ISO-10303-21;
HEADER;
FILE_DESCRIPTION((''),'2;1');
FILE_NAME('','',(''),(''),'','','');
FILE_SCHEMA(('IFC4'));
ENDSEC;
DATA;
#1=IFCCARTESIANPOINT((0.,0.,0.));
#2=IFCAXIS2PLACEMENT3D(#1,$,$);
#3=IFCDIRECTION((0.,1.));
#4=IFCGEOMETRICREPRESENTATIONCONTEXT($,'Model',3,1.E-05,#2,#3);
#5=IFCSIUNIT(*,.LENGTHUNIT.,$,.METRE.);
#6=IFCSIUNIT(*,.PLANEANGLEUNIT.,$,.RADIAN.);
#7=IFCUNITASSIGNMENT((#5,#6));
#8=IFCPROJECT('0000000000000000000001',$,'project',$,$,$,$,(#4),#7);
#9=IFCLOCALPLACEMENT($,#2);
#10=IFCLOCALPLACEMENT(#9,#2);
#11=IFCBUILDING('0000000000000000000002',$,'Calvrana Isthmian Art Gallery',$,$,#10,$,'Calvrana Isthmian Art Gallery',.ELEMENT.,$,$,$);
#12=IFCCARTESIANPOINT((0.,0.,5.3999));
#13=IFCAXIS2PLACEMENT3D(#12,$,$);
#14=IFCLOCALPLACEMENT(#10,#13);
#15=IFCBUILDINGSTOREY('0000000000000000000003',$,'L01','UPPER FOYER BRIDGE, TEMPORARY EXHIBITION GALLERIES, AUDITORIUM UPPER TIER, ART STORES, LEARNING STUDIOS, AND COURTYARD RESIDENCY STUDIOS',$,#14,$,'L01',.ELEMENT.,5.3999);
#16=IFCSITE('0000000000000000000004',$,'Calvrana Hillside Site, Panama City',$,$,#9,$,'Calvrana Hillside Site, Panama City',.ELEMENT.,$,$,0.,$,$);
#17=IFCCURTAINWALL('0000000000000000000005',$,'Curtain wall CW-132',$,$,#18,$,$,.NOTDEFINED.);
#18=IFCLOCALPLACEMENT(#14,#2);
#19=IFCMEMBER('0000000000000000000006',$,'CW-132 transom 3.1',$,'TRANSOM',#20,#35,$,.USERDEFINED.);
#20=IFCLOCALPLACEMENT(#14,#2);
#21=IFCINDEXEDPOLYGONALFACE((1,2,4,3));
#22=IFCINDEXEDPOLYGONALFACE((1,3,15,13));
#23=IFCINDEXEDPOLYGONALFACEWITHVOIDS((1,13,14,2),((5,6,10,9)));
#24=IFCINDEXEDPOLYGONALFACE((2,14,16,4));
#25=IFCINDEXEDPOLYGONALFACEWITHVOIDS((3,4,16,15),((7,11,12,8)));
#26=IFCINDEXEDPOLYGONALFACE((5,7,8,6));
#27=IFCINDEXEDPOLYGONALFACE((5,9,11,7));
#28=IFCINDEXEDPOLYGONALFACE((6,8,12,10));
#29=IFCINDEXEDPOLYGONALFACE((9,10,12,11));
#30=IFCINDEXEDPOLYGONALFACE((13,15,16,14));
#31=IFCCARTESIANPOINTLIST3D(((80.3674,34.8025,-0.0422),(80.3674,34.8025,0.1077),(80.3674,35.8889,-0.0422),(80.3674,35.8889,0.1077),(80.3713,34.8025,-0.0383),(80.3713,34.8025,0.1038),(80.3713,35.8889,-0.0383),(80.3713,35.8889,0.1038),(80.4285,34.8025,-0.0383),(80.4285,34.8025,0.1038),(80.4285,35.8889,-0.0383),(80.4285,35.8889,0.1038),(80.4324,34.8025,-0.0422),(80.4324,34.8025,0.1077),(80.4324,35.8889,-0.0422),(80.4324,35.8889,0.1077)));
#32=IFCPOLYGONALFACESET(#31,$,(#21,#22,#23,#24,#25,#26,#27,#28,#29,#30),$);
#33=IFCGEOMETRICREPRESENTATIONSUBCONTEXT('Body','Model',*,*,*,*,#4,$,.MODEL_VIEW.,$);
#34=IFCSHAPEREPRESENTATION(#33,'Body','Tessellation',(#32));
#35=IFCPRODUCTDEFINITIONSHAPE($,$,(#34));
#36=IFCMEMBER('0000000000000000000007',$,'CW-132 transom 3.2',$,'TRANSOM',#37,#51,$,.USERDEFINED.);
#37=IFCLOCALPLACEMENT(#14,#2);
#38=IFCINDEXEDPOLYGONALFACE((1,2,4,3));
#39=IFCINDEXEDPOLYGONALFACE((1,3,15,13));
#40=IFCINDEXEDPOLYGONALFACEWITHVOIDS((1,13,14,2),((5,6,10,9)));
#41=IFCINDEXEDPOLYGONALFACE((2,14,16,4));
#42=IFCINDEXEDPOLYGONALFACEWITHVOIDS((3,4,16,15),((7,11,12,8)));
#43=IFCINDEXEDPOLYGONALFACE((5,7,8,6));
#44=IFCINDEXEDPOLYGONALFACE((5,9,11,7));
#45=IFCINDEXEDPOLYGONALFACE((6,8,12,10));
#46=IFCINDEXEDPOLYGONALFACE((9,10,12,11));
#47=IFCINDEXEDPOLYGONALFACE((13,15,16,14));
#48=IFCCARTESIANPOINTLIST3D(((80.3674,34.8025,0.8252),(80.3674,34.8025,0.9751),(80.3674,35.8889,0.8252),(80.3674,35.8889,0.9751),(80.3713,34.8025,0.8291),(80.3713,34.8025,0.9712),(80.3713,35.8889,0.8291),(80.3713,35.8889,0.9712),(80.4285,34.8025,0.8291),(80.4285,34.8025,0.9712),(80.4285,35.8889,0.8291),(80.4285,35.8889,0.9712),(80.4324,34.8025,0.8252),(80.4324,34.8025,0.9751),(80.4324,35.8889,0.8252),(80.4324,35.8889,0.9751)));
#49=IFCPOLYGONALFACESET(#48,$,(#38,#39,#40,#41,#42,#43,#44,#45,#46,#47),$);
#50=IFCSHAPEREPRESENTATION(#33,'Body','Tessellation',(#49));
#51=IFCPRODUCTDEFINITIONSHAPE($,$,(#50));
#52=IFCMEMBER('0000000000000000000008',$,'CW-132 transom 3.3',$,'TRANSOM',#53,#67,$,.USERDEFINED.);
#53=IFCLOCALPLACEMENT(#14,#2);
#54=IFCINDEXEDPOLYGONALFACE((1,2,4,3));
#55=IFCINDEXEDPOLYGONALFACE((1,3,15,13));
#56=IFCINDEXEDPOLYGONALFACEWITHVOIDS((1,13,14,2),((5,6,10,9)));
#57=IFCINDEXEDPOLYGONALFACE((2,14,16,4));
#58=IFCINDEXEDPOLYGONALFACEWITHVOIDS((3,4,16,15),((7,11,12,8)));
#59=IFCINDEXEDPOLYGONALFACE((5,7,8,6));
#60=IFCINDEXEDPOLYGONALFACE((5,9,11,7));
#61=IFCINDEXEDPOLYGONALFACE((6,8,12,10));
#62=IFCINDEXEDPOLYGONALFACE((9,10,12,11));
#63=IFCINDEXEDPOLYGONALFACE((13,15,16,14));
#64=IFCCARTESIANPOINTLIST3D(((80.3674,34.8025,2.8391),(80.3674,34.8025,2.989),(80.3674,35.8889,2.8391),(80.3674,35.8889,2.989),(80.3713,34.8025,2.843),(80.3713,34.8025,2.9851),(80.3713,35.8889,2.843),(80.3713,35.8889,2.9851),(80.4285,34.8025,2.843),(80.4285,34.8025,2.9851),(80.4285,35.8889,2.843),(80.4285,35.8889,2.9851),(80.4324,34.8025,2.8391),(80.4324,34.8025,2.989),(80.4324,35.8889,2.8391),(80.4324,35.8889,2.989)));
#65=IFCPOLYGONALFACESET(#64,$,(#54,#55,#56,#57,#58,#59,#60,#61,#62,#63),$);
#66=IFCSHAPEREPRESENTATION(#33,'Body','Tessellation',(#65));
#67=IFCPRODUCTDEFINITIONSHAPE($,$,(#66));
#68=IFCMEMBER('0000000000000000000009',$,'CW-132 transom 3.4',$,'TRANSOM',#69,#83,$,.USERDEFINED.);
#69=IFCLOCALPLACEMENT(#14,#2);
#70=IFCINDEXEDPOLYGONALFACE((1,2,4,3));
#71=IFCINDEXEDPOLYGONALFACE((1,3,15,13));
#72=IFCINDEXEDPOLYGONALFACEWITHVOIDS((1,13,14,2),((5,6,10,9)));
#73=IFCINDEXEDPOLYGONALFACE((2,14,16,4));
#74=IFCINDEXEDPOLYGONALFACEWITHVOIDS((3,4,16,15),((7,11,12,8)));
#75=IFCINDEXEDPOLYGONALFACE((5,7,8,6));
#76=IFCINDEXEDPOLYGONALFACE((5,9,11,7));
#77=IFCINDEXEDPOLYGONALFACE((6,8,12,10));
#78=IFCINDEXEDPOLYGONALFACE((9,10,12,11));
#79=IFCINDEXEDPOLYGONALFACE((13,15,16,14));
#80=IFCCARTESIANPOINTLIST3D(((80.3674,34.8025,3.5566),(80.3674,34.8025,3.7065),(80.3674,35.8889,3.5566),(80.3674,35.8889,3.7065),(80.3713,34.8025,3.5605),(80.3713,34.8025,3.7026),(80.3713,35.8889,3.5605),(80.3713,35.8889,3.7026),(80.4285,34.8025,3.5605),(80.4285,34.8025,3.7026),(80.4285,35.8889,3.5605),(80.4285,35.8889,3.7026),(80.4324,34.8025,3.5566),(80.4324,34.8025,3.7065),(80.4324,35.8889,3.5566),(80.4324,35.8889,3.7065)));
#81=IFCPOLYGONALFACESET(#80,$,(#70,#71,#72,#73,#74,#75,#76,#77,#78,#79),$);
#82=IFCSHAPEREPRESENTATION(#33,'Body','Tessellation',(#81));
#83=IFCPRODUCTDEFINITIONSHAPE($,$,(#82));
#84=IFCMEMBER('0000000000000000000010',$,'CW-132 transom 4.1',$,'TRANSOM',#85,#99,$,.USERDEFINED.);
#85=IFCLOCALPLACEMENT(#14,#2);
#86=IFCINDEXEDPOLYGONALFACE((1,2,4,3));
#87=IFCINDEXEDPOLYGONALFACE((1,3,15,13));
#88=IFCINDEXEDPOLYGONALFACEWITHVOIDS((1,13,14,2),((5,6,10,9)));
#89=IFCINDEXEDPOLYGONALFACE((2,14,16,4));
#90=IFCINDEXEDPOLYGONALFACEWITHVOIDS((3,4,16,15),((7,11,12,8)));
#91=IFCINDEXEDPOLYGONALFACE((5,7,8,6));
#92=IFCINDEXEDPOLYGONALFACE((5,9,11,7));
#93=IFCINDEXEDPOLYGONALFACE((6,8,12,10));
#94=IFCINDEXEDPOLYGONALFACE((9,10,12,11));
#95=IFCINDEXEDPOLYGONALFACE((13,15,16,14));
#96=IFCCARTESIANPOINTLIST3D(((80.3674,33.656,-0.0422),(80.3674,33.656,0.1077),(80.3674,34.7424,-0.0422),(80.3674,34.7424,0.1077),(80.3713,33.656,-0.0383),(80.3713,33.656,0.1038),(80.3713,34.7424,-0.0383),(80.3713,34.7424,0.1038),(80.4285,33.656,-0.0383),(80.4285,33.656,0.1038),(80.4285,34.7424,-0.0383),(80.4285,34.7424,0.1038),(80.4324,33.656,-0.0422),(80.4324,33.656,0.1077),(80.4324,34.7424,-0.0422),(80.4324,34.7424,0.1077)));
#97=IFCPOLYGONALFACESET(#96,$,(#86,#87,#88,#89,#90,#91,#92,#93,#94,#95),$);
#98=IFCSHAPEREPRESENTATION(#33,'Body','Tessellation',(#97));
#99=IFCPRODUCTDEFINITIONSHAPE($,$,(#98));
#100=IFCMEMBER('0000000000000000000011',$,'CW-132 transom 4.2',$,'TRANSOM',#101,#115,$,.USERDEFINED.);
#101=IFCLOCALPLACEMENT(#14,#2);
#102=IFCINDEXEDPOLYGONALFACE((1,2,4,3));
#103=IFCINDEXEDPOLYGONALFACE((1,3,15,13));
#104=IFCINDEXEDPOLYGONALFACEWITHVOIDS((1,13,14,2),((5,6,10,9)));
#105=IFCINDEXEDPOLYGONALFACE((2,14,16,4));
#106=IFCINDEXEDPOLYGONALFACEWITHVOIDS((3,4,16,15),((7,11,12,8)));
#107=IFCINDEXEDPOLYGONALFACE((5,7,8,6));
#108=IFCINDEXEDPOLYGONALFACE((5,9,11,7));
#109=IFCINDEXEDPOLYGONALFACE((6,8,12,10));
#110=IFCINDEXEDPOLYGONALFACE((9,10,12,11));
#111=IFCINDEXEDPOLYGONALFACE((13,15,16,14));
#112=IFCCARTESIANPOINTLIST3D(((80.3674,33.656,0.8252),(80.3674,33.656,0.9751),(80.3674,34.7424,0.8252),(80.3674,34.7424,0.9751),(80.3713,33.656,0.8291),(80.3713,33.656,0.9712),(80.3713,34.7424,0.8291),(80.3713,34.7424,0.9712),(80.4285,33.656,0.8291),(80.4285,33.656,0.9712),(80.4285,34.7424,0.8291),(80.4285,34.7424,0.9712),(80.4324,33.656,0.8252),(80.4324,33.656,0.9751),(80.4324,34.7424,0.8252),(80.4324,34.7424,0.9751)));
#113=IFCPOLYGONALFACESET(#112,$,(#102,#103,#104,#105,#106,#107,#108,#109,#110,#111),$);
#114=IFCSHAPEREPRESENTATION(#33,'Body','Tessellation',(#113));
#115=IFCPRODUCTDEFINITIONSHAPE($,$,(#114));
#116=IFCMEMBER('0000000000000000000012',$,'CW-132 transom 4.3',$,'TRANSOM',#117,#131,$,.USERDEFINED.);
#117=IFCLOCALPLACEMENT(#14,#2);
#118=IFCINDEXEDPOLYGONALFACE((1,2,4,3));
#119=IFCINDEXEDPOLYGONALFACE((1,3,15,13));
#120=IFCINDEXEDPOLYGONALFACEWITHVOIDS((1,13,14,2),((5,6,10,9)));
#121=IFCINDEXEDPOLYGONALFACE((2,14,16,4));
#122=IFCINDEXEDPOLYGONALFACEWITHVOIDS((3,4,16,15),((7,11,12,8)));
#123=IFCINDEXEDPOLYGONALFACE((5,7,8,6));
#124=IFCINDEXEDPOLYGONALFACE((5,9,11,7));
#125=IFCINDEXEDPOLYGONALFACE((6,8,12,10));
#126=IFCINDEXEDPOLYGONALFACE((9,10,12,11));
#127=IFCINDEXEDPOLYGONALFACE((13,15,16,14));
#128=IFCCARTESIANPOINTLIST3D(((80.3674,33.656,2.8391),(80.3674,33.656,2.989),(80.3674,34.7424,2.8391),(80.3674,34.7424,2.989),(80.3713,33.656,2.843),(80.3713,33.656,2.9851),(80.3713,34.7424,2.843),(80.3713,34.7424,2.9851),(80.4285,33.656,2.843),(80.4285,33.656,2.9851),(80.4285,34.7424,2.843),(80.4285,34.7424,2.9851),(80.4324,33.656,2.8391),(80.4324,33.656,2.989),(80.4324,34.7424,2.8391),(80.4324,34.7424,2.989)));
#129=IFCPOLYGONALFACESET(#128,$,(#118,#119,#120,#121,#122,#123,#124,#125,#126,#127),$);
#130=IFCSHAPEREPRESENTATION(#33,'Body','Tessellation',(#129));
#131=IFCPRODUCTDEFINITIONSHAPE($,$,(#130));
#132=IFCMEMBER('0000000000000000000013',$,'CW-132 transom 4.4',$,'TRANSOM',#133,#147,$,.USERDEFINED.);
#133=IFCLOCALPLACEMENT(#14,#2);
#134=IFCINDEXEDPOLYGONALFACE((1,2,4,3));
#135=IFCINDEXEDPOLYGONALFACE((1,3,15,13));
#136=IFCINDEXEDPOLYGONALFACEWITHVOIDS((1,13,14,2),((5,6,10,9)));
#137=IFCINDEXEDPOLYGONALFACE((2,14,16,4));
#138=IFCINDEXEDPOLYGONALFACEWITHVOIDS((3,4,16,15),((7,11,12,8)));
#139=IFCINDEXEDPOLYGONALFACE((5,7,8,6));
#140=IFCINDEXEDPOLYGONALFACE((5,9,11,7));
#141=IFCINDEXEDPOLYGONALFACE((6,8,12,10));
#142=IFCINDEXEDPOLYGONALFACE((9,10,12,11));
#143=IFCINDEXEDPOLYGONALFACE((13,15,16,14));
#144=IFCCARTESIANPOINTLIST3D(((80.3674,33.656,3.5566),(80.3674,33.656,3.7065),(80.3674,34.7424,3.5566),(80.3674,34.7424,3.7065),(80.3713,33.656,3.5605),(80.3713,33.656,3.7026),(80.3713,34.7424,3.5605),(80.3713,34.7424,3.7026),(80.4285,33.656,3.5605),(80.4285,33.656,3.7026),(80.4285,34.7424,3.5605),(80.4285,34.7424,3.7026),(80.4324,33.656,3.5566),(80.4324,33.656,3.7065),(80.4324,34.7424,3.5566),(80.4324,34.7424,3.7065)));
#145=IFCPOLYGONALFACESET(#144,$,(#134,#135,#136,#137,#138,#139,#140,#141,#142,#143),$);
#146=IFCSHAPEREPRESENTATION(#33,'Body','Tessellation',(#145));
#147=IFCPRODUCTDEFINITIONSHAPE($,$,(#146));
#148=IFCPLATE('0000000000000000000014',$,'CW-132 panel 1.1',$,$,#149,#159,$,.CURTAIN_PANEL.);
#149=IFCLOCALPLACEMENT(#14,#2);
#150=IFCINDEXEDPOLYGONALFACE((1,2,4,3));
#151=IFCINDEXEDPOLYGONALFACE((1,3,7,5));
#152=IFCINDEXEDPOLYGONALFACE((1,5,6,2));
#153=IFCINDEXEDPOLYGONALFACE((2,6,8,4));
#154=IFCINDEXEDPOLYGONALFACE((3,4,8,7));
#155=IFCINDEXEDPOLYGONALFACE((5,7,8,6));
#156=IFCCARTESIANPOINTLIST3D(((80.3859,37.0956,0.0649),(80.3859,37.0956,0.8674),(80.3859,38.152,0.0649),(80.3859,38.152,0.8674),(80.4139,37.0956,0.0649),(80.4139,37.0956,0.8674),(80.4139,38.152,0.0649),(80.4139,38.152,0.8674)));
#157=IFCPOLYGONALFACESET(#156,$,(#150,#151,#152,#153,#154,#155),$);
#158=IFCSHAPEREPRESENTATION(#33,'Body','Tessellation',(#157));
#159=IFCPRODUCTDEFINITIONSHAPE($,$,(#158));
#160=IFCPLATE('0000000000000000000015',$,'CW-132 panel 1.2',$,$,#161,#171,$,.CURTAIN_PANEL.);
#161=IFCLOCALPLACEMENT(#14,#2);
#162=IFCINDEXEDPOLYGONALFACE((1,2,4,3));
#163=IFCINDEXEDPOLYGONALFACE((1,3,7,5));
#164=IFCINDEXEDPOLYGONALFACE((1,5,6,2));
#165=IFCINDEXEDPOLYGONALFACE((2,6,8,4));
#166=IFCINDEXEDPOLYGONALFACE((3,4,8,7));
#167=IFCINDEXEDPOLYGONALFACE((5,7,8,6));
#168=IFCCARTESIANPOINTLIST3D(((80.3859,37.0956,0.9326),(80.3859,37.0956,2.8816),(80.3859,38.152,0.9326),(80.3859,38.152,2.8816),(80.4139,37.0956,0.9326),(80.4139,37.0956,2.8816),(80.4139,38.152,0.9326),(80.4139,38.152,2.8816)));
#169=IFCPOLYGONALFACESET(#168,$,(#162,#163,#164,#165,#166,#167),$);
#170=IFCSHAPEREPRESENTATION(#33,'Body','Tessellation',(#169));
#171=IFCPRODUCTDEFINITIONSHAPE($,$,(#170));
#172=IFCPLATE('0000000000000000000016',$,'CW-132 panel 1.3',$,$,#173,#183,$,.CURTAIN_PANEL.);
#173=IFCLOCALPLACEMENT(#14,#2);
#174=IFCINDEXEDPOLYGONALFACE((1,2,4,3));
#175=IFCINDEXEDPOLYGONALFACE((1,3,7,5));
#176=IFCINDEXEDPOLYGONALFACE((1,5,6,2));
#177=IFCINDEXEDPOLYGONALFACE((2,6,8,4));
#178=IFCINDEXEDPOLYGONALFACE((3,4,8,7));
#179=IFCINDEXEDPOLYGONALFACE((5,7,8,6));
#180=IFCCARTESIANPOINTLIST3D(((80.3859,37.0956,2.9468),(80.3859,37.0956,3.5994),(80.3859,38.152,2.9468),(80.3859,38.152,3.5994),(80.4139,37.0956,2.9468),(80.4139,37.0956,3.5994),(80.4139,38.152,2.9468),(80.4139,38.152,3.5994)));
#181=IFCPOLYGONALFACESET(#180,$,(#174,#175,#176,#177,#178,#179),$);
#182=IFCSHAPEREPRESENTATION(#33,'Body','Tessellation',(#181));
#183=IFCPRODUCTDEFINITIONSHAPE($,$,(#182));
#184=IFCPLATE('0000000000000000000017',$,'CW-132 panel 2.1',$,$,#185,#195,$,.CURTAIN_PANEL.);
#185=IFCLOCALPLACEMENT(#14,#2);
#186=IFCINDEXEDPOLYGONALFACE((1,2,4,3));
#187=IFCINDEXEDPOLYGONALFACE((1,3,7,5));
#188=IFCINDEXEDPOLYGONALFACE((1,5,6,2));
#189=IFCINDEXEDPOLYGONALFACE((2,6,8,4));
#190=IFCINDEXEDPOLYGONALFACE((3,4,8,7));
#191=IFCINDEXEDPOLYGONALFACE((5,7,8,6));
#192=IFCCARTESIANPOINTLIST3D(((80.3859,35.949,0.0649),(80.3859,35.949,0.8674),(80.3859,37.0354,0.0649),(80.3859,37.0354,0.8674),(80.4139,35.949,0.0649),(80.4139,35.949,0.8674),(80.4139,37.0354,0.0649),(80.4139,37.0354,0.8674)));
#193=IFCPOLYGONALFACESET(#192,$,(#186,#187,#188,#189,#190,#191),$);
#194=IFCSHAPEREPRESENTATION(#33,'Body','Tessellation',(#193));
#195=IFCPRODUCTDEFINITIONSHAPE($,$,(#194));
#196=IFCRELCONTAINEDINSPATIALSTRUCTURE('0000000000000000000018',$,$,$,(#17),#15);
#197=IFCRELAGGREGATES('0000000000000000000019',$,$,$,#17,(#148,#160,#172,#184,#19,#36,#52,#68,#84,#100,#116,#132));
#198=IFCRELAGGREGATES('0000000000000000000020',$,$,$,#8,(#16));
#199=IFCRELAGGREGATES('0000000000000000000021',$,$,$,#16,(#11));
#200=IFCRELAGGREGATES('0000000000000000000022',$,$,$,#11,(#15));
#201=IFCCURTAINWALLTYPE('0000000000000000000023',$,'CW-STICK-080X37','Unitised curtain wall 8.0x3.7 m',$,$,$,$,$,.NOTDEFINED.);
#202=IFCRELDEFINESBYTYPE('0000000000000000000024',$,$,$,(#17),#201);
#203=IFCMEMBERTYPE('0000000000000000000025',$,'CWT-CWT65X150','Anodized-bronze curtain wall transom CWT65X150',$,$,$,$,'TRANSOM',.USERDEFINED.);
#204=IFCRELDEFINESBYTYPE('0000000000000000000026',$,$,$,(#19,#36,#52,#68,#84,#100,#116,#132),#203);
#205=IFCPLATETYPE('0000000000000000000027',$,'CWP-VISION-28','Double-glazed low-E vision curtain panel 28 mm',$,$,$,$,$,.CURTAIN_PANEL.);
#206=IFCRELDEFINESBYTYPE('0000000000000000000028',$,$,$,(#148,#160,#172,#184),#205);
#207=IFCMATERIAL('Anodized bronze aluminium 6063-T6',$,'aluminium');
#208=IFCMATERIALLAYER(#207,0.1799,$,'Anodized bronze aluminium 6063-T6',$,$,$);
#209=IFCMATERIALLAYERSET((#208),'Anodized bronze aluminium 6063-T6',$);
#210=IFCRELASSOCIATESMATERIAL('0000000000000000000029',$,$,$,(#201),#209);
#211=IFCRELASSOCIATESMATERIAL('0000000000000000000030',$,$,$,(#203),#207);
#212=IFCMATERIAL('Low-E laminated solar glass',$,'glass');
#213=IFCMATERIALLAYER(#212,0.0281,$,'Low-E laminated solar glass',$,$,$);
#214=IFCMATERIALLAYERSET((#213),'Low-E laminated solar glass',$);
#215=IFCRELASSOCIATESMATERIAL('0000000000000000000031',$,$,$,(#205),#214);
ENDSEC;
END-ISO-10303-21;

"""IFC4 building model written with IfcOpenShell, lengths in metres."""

from ifc_helpers import new_model, si_unit, direction, frame, origin, origin_2d, place, context, subcontext, project, spatial, rectangle, hollow_rectangle, extrude, material, layer, layer_set, material_profile, profile_set, type_object, element, aggregate, save


model = new_model("IFC4")

# Units and contexts
model_context = context("Model", 3, precision=1e-05, world=origin(), true_north=direction((0.0, 1.0)))
body_context = subcontext(model_context, "Body", "Model", "MODEL_VIEW")
ifc_project = project(units=[si_unit("LENGTHUNIT", "METRE"), si_unit("PLANEANGLEUNIT", "RADIAN")], contexts=[model_context])

# Site, building, storey
site_placement = place(None, origin())
site = spatial("IfcSite", under=ifc_project, at=site_placement, Name="Calvrana Hillside Site, Panama City", LongName="Calvrana Hillside Site, Panama City", CompositionType="ELEMENT", RefElevation=0.0)
building_placement = place(site_placement, origin())
building = spatial("IfcBuilding", under=site, at=building_placement, Name="Calvrana Isthmian Art Gallery", LongName="Calvrana Isthmian Art Gallery", CompositionType="ELEMENT")
storey_placement = place(building_placement, frame((0.0, 0.0, 5.3999)))
storey = spatial("IfcBuildingStorey", under=building, at=storey_placement, Name="L01", Description="UPPER FOYER BRIDGE, TEMPORARY EXHIBITION GALLERIES, AUDITORIUM UPPER TIER, ART STORES, LEARNING STUDIOS, AND COURTYARD RESIDENCY STUDIOS", LongName="L01", CompositionType="ELEMENT", Elevation=5.3999)

# Curtain wall, members, plates
ifc_material_1 = material(Name="Anodized bronze aluminium 6063-T6", Category="aluminium")
ifc_layer_1 = layer(ifc_material_1, 0.1799, Name="Anodized bronze aluminium 6063-T6")
ifc_layer_set_1 = layer_set([ifc_layer_1], Name="Anodized bronze aluminium 6063-T6")
curtain_wall_type = type_object("IfcCurtainWallType", Name="CW-STICK-080X37", Description="Unitised curtain wall 8.0x3.7 m", PredefinedType="NOTDEFINED", material=ifc_layer_set_1)
curtain_wall_placement = place(storey_placement, origin())
curtain_wall = element("IfcCurtainWall", 1, at=curtain_wall_placement, inside=storey, type_object=curtain_wall_type, Name="Curtain wall CW-132", PredefinedType="NOTDEFINED")
ifc_material_profile_1 = material_profile(ifc_material_1, hollow_rectangle(XDim=0.0649, YDim=0.1499, WallThickness=0.0039, at=origin_2d()), Name="CWT65X150")
ifc_profile_set_1 = profile_set([ifc_material_profile_1], Name="Anodized bronze aluminium 6063-T6")
member_type_1 = type_object("IfcMemberType", Name="CWT-CWT65X150", Description="Anodized-bronze curtain wall transom CWT65X150", ElementType="TRANSOM", PredefinedType="USERDEFINED", material=ifc_profile_set_1)
member_1_placement = place(storey_placement, frame((80.3999, 35.8889, 0.0327), z_axis=(0.0, -1.0, 0.0), x_axis=(1.0, 0.0, 0.0)))
member_1 = element("IfcMember", 2, at=member_1_placement, type_object=member_type_1, Name="CW-132 transom 3.1", ObjectType="TRANSOM", PredefinedType="USERDEFINED", context=body_context, shape_type="SweptSolid", body=[
    extrude(hollow_rectangle(XDim=0.0649, YDim=0.1499, WallThickness=0.0039, at=origin_2d()), origin(), (0.0, 0.0, 1.0), 1.0864),
])
member_2_placement = place(storey_placement, frame((80.3999, 35.8889, 0.9001), z_axis=(0.0, -1.0, 0.0), x_axis=(1.0, 0.0, 0.0)))
member_2 = element("IfcMember", 3, at=member_2_placement, type_object=member_type_1, Name="CW-132 transom 3.2", ObjectType="TRANSOM", PredefinedType="USERDEFINED", context=body_context, shape_type="SweptSolid", body=[
    extrude(hollow_rectangle(XDim=0.0649, YDim=0.1499, WallThickness=0.0039, at=origin_2d()), origin(), (0.0, 0.0, 1.0), 1.0864),
])
member_3_placement = place(storey_placement, frame((80.3999, 35.8889, 2.9141), z_axis=(0.0, -1.0, 0.0), x_axis=(1.0, 0.0, 0.0)))
member_3 = element("IfcMember", 4, at=member_3_placement, type_object=member_type_1, Name="CW-132 transom 3.3", ObjectType="TRANSOM", PredefinedType="USERDEFINED", context=body_context, shape_type="SweptSolid", body=[
    extrude(hollow_rectangle(XDim=0.0649, YDim=0.1499, WallThickness=0.0039, at=origin_2d()), origin(), (0.0, 0.0, 1.0), 1.0864),
])
member_4_placement = place(storey_placement, frame((80.3999, 35.8889, 3.6316), z_axis=(0.0, -1.0, 0.0), x_axis=(1.0, 0.0, 0.0)))
member_4 = element("IfcMember", 5, at=member_4_placement, type_object=member_type_1, Name="CW-132 transom 3.4", ObjectType="TRANSOM", PredefinedType="USERDEFINED", context=body_context, shape_type="SweptSolid", body=[
    extrude(hollow_rectangle(XDim=0.0649, YDim=0.1499, WallThickness=0.0039, at=origin_2d()), origin(), (0.0, 0.0, 1.0), 1.0864),
])
member_5_placement = place(storey_placement, frame((80.3999, 34.7424, 0.0327), z_axis=(0.0, -1.0, 0.0), x_axis=(1.0, 0.0, 0.0)))
member_5 = element("IfcMember", 6, at=member_5_placement, type_object=member_type_1, Name="CW-132 transom 4.1", ObjectType="TRANSOM", PredefinedType="USERDEFINED", context=body_context, shape_type="SweptSolid", body=[
    extrude(hollow_rectangle(XDim=0.0649, YDim=0.1499, WallThickness=0.0039, at=origin_2d()), origin(), (0.0, 0.0, 1.0), 1.0864),
])
member_6_placement = place(storey_placement, frame((80.3999, 34.7424, 0.9001), z_axis=(0.0, -1.0, 0.0), x_axis=(1.0, 0.0, 0.0)))
member_6 = element("IfcMember", 7, at=member_6_placement, type_object=member_type_1, Name="CW-132 transom 4.2", ObjectType="TRANSOM", PredefinedType="USERDEFINED", context=body_context, shape_type="SweptSolid", body=[
    extrude(hollow_rectangle(XDim=0.0649, YDim=0.1499, WallThickness=0.0039, at=origin_2d()), origin(), (0.0, 0.0, 1.0), 1.0864),
])
member_7_placement = place(storey_placement, frame((80.3999, 34.7424, 2.9141), z_axis=(0.0, -1.0, 0.0), x_axis=(1.0, 0.0, 0.0)))
member_7 = element("IfcMember", 8, at=member_7_placement, type_object=member_type_1, Name="CW-132 transom 4.3", ObjectType="TRANSOM", PredefinedType="USERDEFINED", context=body_context, shape_type="SweptSolid", body=[
    extrude(hollow_rectangle(XDim=0.0649, YDim=0.1499, WallThickness=0.0039, at=origin_2d()), origin(), (0.0, 0.0, 1.0), 1.0864),
])
member_8_placement = place(storey_placement, frame((80.3999, 34.7424, 3.6316), z_axis=(0.0, -1.0, 0.0), x_axis=(1.0, 0.0, 0.0)))
member_8 = element("IfcMember", 9, at=member_8_placement, type_object=member_type_1, Name="CW-132 transom 4.4", ObjectType="TRANSOM", PredefinedType="USERDEFINED", context=body_context, shape_type="SweptSolid", body=[
    extrude(hollow_rectangle(XDim=0.0649, YDim=0.1499, WallThickness=0.0039, at=origin_2d()), origin(), (0.0, 0.0, 1.0), 1.0864),
])
ifc_material_2 = material(Name="Low-E laminated solar glass", Category="glass")
ifc_layer_2 = layer(ifc_material_2, 0.0281, Name="Low-E laminated solar glass")
ifc_layer_set_2 = layer_set([ifc_layer_2], Name="Low-E laminated solar glass")
plate_type = type_object("IfcPlateType", Name="CWP-VISION-28", Description="Double-glazed low-E vision curtain panel 28 mm", PredefinedType="CURTAIN_PANEL", material=ifc_layer_set_2)
plate_1_placement = place(storey_placement, frame((80.3999, 37.6238, 0.0649), z_axis=(0.0, 0.0, 1.0), x_axis=(0.0, -1.0, 0.0)))
plate_1 = element("IfcPlate", 10, at=plate_1_placement, type_object=plate_type, Name="CW-132 panel 1.1", PredefinedType="CURTAIN_PANEL", context=body_context, shape_type="SweptSolid", body=[
    extrude(rectangle(XDim=1.0564, YDim=0.0281, at=origin_2d()), origin(), (0.0, 0.0, 1.0), 0.8025),
])
plate_2_placement = place(storey_placement, frame((80.3999, 37.6238, 0.9326), z_axis=(0.0, 0.0, 1.0), x_axis=(0.0, -1.0, 0.0)))
plate_2 = element("IfcPlate", 11, at=plate_2_placement, type_object=plate_type, Name="CW-132 panel 1.2", PredefinedType="CURTAIN_PANEL", context=body_context, shape_type="SweptSolid", body=[
    extrude(rectangle(XDim=1.0564, YDim=0.0281, at=origin_2d()), origin(), (0.0, 0.0, 1.0), 1.949),
])
plate_3_placement = place(storey_placement, frame((80.3999, 37.6238, 2.9468), z_axis=(0.0, 0.0, 1.0), x_axis=(0.0, -1.0, 0.0)))
plate_3 = element("IfcPlate", 12, at=plate_3_placement, type_object=plate_type, Name="CW-132 panel 1.3", PredefinedType="CURTAIN_PANEL", context=body_context, shape_type="SweptSolid", body=[
    extrude(rectangle(XDim=1.0564, YDim=0.0281, at=origin_2d()), origin(), (0.0, 0.0, 1.0), 0.6526),
])
plate_4_placement = place(storey_placement, frame((80.3999, 36.4922, 0.0649), z_axis=(0.0, 0.0, 1.0), x_axis=(0.0, -1.0, 0.0)))
plate_4 = element("IfcPlate", 13, at=plate_4_placement, type_object=plate_type, Name="CW-132 panel 2.1", PredefinedType="CURTAIN_PANEL", context=body_context, shape_type="SweptSolid", body=[
    extrude(rectangle(XDim=1.0864, YDim=0.0281, at=origin_2d()), origin(), (0.0, 0.0, 1.0), 0.8025),
])
aggregate(curtain_wall, [plate_1, plate_2, plate_3, plate_4, member_1, member_2, member_3, member_4, member_5, member_6, member_7, member_8])

save(model, "model.ifc")
